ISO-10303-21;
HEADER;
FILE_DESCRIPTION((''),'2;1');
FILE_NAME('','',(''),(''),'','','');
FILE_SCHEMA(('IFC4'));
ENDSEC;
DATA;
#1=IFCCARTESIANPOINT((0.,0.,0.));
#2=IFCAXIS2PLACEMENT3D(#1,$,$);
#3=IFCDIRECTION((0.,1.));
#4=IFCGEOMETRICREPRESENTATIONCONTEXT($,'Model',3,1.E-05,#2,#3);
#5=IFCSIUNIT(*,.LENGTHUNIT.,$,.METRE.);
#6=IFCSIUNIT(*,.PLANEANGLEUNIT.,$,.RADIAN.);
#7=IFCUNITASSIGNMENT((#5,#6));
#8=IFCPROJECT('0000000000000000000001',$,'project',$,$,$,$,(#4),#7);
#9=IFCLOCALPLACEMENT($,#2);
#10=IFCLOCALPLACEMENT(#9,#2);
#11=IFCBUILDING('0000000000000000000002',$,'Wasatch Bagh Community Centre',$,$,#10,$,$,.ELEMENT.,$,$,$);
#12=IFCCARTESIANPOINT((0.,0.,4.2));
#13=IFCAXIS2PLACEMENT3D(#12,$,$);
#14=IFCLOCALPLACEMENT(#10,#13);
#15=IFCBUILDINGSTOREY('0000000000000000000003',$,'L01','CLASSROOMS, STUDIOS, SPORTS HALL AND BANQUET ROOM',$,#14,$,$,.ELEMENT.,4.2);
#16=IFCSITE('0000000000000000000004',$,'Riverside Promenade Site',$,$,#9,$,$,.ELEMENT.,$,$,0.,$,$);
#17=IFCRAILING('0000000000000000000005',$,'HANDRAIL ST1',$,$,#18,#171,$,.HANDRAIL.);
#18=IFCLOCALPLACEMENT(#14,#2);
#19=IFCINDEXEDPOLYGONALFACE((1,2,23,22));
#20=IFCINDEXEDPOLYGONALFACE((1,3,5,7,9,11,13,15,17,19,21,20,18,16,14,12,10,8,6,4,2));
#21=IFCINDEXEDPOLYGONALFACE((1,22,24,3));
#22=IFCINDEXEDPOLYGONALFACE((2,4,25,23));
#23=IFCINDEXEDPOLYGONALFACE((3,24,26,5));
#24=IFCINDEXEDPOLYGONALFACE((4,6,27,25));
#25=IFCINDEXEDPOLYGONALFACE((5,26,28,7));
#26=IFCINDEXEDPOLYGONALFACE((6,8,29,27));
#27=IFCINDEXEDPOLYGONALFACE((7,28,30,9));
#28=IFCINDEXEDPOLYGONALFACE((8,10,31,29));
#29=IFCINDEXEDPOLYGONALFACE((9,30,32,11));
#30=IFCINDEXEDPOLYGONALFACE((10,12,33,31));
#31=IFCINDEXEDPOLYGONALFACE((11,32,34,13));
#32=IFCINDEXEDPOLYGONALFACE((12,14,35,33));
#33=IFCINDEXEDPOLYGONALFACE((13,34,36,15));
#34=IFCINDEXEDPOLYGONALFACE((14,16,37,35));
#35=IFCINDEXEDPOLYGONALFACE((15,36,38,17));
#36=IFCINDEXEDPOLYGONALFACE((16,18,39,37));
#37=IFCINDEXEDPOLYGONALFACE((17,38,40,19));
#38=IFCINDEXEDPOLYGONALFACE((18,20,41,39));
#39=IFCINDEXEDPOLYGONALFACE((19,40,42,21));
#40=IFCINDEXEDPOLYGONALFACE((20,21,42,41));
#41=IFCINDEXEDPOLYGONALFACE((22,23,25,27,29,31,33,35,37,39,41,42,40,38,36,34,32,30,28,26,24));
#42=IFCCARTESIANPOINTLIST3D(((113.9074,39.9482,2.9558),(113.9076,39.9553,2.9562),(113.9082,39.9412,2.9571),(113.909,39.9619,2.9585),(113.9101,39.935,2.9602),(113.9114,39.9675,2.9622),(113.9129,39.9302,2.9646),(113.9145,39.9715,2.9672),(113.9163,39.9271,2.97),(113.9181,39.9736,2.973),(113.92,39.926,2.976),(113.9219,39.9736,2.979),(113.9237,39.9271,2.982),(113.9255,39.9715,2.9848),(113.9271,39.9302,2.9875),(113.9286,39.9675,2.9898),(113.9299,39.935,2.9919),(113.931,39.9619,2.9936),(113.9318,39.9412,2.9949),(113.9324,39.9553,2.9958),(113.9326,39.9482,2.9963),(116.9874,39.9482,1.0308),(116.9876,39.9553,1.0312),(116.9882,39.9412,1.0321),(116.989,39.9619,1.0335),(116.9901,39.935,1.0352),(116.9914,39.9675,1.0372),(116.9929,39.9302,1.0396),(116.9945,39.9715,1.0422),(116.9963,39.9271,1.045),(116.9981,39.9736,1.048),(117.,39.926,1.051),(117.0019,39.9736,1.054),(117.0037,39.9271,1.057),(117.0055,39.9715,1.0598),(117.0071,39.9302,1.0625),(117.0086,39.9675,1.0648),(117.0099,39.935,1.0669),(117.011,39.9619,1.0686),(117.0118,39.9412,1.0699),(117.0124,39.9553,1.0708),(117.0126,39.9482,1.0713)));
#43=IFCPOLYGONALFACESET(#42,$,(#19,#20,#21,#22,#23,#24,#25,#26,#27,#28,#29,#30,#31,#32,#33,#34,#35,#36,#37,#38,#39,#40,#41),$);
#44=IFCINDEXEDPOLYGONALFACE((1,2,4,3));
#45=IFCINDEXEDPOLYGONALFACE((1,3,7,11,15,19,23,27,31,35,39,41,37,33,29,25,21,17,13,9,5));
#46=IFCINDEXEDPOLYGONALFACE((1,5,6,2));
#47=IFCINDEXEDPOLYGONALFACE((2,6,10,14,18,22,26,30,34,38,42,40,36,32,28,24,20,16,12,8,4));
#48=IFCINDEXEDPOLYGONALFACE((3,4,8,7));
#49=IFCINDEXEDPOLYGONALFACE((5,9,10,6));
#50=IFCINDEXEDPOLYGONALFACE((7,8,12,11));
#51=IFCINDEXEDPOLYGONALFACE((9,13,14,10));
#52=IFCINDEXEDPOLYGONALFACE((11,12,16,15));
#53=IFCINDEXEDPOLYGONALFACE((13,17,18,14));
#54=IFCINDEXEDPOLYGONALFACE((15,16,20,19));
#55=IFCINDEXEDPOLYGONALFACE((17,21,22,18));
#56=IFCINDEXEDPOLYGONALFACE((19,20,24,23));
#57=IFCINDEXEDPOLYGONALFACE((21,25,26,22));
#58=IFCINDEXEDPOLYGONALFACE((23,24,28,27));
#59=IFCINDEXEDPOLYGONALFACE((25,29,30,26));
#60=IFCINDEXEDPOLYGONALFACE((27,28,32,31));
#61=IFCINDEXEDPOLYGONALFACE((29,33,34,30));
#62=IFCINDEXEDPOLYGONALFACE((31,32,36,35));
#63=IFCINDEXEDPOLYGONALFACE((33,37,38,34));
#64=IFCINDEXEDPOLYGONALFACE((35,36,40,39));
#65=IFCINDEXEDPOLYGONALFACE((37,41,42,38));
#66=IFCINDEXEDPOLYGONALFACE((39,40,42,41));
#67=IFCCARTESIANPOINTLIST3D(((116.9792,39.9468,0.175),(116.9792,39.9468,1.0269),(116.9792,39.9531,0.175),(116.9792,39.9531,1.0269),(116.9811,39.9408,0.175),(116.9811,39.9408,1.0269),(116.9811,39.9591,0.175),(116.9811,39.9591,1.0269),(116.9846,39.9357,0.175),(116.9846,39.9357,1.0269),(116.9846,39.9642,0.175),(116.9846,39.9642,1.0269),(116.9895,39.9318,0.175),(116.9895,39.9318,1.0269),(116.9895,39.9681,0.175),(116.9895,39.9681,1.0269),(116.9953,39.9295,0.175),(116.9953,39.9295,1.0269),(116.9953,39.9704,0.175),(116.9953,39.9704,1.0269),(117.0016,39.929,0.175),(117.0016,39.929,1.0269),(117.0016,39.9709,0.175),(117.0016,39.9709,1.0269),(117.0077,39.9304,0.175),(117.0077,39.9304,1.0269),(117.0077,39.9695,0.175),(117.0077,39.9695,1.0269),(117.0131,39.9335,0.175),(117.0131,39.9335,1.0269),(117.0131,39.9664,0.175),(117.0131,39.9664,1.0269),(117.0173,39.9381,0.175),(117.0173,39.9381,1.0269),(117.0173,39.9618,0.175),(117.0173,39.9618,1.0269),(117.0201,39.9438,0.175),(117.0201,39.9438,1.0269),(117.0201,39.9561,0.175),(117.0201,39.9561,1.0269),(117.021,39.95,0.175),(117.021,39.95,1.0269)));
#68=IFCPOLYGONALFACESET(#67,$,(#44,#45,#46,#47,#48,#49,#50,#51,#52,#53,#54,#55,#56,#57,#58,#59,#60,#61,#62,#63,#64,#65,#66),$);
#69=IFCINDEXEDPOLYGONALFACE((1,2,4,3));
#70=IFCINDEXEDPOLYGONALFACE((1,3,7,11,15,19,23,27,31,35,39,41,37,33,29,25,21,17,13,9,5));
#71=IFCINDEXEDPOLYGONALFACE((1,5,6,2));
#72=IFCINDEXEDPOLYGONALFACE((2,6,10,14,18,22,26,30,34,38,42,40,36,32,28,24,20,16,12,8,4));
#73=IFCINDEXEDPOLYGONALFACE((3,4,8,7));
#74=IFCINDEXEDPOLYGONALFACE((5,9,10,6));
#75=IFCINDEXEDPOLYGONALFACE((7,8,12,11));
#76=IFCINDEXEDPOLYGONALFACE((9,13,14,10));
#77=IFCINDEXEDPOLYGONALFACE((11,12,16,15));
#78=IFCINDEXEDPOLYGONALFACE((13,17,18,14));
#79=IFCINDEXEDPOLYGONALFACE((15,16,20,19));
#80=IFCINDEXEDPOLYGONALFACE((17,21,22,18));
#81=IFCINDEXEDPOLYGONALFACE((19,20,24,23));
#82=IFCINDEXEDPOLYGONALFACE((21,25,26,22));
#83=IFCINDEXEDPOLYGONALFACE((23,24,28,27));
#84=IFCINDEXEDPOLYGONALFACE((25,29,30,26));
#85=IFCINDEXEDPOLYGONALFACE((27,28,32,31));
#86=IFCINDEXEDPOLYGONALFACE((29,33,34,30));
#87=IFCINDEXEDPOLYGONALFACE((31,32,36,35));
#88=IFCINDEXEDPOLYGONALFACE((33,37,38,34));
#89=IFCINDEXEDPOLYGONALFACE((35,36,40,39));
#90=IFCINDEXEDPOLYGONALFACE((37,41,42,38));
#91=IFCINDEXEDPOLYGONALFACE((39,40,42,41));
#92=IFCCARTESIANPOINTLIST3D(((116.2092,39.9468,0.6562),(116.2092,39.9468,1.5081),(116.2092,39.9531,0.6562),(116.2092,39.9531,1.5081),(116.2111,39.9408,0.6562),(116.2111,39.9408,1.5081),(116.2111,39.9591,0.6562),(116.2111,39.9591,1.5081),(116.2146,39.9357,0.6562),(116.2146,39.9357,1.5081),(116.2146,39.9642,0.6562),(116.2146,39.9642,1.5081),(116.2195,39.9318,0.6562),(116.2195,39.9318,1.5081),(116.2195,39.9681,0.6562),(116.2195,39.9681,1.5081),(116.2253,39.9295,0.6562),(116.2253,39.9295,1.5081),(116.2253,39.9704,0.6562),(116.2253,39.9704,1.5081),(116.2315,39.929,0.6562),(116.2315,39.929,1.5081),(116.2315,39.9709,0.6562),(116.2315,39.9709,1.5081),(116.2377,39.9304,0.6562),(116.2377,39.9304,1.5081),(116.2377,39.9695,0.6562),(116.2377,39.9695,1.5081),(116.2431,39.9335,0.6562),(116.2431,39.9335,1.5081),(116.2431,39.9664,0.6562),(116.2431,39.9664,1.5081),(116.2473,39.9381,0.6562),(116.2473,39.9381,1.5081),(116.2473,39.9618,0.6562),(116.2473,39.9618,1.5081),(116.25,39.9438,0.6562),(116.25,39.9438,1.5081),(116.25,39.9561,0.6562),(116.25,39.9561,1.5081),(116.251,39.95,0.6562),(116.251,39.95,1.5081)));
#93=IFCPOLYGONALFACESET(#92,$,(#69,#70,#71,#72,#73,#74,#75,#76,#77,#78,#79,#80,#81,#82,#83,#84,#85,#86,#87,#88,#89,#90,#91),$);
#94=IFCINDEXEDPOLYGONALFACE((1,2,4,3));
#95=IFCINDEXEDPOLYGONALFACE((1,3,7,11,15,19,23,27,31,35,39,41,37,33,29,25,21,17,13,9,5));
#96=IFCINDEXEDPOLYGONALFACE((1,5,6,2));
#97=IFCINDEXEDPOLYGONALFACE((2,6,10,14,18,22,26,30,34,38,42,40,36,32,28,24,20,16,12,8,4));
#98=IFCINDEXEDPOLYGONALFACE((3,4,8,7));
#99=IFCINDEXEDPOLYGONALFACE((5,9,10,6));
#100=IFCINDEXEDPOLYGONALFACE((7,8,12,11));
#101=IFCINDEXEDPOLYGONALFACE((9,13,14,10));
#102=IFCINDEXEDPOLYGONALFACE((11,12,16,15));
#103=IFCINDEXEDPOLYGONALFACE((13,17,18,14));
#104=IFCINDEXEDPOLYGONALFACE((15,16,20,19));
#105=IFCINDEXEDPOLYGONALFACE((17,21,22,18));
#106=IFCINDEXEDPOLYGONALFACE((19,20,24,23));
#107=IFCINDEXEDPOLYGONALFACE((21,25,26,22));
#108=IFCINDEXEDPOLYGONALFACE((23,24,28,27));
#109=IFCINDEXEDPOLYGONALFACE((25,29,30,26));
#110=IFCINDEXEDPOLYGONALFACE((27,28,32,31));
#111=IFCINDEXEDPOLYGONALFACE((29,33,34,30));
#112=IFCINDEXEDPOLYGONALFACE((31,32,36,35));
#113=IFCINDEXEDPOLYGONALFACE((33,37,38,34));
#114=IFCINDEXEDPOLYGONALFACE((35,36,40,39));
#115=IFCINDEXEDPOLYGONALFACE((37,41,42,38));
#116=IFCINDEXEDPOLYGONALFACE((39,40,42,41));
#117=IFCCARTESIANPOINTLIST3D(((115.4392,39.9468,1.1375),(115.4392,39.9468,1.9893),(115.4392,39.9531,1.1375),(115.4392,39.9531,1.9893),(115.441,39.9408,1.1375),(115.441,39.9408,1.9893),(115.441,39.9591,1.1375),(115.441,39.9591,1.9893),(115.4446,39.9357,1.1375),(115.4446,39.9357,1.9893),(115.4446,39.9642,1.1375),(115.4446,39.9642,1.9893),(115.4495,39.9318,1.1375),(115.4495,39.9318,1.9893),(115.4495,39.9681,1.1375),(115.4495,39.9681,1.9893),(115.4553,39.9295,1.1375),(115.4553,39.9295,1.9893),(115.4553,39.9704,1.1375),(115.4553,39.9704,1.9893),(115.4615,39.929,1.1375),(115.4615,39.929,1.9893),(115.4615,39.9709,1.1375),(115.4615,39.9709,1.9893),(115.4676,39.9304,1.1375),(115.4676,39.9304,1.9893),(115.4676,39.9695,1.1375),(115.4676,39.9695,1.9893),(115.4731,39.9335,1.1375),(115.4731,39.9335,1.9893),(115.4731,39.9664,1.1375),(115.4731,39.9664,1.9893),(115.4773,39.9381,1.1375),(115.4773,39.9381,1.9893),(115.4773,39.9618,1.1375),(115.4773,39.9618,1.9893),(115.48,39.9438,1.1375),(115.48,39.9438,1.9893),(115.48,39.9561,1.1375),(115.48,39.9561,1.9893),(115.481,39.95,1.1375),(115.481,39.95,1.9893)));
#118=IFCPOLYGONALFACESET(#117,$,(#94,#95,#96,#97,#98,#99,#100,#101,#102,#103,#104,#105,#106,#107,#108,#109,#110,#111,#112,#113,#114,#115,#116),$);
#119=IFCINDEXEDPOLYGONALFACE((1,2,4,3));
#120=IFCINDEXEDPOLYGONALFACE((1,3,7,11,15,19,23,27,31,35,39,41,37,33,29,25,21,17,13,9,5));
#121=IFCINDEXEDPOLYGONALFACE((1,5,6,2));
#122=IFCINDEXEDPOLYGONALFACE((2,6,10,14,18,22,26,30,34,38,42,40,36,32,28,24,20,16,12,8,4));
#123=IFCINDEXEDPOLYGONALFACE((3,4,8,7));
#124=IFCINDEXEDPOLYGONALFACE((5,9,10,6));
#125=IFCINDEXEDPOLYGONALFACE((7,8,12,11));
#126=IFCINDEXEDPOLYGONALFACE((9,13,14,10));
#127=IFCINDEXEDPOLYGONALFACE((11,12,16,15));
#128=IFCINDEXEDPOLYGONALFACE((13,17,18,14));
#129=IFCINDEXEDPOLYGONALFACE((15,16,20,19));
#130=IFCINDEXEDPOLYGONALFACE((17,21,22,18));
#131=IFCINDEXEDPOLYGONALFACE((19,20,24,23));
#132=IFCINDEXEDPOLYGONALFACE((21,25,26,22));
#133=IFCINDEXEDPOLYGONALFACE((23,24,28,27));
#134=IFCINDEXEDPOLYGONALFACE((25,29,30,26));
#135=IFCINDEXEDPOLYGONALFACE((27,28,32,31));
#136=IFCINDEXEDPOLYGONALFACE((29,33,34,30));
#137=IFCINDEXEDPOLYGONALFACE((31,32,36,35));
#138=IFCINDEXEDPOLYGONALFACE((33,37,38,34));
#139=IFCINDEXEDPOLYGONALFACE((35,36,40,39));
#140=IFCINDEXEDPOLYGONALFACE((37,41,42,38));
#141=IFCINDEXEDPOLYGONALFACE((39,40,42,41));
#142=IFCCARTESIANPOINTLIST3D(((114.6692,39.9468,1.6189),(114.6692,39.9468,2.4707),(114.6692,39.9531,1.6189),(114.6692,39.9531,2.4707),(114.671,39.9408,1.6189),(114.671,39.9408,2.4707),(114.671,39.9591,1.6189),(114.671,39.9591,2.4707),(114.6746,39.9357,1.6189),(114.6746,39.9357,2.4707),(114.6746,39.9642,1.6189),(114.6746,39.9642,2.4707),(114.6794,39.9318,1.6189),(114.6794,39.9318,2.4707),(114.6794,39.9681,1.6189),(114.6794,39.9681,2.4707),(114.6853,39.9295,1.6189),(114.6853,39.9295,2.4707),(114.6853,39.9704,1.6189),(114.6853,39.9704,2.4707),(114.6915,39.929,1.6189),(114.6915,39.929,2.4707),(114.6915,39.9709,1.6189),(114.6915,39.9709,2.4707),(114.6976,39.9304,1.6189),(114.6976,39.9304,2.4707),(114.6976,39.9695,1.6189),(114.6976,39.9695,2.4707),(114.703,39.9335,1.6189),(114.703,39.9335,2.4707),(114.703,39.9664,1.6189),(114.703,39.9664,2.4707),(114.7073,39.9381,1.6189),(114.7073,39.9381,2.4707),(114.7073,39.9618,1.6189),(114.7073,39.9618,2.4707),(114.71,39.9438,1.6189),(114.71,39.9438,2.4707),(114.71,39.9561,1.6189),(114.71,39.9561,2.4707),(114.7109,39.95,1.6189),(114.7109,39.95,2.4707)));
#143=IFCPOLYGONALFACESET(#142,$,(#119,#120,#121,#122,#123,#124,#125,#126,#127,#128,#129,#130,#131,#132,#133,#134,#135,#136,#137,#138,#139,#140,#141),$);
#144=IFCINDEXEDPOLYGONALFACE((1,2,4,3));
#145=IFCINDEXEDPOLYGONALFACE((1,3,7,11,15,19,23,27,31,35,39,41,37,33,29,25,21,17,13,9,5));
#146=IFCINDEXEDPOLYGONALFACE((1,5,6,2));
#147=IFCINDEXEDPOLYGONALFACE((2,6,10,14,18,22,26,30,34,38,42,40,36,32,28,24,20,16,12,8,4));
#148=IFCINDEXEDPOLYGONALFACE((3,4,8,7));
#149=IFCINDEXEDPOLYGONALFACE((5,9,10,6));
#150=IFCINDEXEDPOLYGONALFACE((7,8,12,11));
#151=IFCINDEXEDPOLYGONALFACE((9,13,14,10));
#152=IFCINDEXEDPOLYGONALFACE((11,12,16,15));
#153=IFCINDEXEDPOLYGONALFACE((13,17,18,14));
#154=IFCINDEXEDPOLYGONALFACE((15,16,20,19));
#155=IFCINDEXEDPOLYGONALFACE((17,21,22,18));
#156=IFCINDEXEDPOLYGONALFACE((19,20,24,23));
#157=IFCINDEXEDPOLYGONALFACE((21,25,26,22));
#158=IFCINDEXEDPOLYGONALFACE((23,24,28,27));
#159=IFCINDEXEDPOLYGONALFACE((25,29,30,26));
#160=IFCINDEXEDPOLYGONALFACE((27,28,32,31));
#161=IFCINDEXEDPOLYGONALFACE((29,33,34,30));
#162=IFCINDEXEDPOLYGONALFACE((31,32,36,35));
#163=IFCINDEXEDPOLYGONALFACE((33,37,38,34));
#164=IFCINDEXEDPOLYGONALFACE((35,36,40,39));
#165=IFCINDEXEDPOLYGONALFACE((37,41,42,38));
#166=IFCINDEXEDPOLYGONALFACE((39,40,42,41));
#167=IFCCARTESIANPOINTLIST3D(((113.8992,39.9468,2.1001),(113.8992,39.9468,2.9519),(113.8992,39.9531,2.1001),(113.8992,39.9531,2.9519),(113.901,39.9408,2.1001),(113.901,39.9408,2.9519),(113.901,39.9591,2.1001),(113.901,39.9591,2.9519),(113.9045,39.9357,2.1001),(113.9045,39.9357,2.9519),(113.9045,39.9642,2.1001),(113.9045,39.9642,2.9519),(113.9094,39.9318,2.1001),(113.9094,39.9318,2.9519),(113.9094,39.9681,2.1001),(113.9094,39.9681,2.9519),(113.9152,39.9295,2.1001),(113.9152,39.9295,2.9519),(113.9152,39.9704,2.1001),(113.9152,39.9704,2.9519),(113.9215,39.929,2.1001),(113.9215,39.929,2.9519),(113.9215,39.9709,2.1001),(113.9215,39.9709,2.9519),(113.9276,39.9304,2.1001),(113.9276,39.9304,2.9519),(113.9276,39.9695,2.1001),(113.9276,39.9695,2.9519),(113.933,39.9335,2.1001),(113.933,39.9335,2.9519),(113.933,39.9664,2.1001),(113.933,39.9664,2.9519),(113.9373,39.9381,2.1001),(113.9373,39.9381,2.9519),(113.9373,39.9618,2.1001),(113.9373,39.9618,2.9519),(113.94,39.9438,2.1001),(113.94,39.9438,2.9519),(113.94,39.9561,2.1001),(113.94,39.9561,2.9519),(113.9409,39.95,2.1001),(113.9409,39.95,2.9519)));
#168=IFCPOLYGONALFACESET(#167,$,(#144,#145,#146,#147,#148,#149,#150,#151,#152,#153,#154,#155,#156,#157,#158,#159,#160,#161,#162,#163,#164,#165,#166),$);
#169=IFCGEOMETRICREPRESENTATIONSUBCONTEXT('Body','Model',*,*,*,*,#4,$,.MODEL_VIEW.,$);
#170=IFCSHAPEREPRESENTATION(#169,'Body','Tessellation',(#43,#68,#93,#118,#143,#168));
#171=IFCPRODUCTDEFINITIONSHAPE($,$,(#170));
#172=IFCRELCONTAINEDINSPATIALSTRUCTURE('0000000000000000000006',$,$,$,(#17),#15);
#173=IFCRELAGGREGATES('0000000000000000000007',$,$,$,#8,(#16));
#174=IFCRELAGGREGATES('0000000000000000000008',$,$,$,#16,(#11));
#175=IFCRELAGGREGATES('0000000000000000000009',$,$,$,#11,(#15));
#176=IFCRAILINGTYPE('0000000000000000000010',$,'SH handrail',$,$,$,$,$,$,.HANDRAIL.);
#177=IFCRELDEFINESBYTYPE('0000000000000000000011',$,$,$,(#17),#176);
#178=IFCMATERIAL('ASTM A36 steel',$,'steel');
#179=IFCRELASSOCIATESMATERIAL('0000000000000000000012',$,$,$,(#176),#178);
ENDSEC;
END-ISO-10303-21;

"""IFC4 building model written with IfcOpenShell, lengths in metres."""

from ifc_helpers import new_model, si_unit, direction, frame, origin, origin_2d, place, context, subcontext, project, spatial, circle, extrude, material, type_object, element, save


model = new_model("IFC4")

# Units and contexts
model_context = context("Model", 3, precision=1e-05, world=origin(), true_north=direction((0.0, 1.0)))
body_context = subcontext(model_context, "Body", "Model", "MODEL_VIEW")
ifc_project = project(units=[si_unit("LENGTHUNIT", "METRE"), si_unit("PLANEANGLEUNIT", "RADIAN")], contexts=[model_context])

# Site, building, storey
site_placement = place(None, origin())
site = spatial("IfcSite", under=ifc_project, at=site_placement, Name="Riverside Promenade Site", CompositionType="ELEMENT", RefElevation=0.0)
building_placement = place(site_placement, origin())
building = spatial("IfcBuilding", under=site, at=building_placement, Name="Wasatch Bagh Community Centre", CompositionType="ELEMENT")
storey_placement = place(building_placement, frame((0.0, 0.0, 4.2)))
storey = spatial("IfcBuildingStorey", under=building, at=storey_placement, Name="L01", Description="CLASSROOMS, STUDIOS, SPORTS HALL AND BANQUET ROOM", CompositionType="ELEMENT", Elevation=4.2)

# Railing
ifc_material_1 = material(Name="ASTM A36 steel", Category="steel")
railing_type_1 = type_object("IfcRailingType", Name="SH handrail", PredefinedType="HANDRAIL", material=ifc_material_1)
for number, where, name in (
    (1, (117.0, 39.95, 0.175), "HANDRAIL ST1"),
):
    element("IfcRailing", number, at=place(storey_placement, frame(where)), inside=storey, type_object=railing_type_1, Name=name, PredefinedType="HANDRAIL", context=body_context, shape_type="SweptSolid", body=[
        extrude(circle(Radius=0.0239, at=origin_2d()), frame((0.0, 0.0, 0.876), z_axis=(-0.847998, 0.0, 0.529999), x_axis=(0.0, -1.0, 0.0)), (0.0, 0.0, 1.0), 3.6321),
        extrude(circle(Radius=0.021, at=origin_2d()), origin(), (0.0, 0.0, 1.0), 0.8518),
        extrude(circle(Radius=0.021, at=origin_2d()), frame((-0.77, 0.0, 0.4812)), (0.0, 0.0, 1.0), 0.8518),
        extrude(circle(Radius=0.021, at=origin_2d()), frame((-1.54, 0.0, 0.9624)), (0.0, 0.0, 1.0), 0.8518),
        extrude(circle(Radius=0.021, at=origin_2d()), frame((-2.3101, 0.0, 1.4438)), (0.0, 0.0, 1.0), 0.8518),
        extrude(circle(Radius=0.021, at=origin_2d()), frame((-3.0801, 0.0, 1.925)), (0.0, 0.0, 1.0), 0.8518),
    ])

save(model, "model.ifc")
